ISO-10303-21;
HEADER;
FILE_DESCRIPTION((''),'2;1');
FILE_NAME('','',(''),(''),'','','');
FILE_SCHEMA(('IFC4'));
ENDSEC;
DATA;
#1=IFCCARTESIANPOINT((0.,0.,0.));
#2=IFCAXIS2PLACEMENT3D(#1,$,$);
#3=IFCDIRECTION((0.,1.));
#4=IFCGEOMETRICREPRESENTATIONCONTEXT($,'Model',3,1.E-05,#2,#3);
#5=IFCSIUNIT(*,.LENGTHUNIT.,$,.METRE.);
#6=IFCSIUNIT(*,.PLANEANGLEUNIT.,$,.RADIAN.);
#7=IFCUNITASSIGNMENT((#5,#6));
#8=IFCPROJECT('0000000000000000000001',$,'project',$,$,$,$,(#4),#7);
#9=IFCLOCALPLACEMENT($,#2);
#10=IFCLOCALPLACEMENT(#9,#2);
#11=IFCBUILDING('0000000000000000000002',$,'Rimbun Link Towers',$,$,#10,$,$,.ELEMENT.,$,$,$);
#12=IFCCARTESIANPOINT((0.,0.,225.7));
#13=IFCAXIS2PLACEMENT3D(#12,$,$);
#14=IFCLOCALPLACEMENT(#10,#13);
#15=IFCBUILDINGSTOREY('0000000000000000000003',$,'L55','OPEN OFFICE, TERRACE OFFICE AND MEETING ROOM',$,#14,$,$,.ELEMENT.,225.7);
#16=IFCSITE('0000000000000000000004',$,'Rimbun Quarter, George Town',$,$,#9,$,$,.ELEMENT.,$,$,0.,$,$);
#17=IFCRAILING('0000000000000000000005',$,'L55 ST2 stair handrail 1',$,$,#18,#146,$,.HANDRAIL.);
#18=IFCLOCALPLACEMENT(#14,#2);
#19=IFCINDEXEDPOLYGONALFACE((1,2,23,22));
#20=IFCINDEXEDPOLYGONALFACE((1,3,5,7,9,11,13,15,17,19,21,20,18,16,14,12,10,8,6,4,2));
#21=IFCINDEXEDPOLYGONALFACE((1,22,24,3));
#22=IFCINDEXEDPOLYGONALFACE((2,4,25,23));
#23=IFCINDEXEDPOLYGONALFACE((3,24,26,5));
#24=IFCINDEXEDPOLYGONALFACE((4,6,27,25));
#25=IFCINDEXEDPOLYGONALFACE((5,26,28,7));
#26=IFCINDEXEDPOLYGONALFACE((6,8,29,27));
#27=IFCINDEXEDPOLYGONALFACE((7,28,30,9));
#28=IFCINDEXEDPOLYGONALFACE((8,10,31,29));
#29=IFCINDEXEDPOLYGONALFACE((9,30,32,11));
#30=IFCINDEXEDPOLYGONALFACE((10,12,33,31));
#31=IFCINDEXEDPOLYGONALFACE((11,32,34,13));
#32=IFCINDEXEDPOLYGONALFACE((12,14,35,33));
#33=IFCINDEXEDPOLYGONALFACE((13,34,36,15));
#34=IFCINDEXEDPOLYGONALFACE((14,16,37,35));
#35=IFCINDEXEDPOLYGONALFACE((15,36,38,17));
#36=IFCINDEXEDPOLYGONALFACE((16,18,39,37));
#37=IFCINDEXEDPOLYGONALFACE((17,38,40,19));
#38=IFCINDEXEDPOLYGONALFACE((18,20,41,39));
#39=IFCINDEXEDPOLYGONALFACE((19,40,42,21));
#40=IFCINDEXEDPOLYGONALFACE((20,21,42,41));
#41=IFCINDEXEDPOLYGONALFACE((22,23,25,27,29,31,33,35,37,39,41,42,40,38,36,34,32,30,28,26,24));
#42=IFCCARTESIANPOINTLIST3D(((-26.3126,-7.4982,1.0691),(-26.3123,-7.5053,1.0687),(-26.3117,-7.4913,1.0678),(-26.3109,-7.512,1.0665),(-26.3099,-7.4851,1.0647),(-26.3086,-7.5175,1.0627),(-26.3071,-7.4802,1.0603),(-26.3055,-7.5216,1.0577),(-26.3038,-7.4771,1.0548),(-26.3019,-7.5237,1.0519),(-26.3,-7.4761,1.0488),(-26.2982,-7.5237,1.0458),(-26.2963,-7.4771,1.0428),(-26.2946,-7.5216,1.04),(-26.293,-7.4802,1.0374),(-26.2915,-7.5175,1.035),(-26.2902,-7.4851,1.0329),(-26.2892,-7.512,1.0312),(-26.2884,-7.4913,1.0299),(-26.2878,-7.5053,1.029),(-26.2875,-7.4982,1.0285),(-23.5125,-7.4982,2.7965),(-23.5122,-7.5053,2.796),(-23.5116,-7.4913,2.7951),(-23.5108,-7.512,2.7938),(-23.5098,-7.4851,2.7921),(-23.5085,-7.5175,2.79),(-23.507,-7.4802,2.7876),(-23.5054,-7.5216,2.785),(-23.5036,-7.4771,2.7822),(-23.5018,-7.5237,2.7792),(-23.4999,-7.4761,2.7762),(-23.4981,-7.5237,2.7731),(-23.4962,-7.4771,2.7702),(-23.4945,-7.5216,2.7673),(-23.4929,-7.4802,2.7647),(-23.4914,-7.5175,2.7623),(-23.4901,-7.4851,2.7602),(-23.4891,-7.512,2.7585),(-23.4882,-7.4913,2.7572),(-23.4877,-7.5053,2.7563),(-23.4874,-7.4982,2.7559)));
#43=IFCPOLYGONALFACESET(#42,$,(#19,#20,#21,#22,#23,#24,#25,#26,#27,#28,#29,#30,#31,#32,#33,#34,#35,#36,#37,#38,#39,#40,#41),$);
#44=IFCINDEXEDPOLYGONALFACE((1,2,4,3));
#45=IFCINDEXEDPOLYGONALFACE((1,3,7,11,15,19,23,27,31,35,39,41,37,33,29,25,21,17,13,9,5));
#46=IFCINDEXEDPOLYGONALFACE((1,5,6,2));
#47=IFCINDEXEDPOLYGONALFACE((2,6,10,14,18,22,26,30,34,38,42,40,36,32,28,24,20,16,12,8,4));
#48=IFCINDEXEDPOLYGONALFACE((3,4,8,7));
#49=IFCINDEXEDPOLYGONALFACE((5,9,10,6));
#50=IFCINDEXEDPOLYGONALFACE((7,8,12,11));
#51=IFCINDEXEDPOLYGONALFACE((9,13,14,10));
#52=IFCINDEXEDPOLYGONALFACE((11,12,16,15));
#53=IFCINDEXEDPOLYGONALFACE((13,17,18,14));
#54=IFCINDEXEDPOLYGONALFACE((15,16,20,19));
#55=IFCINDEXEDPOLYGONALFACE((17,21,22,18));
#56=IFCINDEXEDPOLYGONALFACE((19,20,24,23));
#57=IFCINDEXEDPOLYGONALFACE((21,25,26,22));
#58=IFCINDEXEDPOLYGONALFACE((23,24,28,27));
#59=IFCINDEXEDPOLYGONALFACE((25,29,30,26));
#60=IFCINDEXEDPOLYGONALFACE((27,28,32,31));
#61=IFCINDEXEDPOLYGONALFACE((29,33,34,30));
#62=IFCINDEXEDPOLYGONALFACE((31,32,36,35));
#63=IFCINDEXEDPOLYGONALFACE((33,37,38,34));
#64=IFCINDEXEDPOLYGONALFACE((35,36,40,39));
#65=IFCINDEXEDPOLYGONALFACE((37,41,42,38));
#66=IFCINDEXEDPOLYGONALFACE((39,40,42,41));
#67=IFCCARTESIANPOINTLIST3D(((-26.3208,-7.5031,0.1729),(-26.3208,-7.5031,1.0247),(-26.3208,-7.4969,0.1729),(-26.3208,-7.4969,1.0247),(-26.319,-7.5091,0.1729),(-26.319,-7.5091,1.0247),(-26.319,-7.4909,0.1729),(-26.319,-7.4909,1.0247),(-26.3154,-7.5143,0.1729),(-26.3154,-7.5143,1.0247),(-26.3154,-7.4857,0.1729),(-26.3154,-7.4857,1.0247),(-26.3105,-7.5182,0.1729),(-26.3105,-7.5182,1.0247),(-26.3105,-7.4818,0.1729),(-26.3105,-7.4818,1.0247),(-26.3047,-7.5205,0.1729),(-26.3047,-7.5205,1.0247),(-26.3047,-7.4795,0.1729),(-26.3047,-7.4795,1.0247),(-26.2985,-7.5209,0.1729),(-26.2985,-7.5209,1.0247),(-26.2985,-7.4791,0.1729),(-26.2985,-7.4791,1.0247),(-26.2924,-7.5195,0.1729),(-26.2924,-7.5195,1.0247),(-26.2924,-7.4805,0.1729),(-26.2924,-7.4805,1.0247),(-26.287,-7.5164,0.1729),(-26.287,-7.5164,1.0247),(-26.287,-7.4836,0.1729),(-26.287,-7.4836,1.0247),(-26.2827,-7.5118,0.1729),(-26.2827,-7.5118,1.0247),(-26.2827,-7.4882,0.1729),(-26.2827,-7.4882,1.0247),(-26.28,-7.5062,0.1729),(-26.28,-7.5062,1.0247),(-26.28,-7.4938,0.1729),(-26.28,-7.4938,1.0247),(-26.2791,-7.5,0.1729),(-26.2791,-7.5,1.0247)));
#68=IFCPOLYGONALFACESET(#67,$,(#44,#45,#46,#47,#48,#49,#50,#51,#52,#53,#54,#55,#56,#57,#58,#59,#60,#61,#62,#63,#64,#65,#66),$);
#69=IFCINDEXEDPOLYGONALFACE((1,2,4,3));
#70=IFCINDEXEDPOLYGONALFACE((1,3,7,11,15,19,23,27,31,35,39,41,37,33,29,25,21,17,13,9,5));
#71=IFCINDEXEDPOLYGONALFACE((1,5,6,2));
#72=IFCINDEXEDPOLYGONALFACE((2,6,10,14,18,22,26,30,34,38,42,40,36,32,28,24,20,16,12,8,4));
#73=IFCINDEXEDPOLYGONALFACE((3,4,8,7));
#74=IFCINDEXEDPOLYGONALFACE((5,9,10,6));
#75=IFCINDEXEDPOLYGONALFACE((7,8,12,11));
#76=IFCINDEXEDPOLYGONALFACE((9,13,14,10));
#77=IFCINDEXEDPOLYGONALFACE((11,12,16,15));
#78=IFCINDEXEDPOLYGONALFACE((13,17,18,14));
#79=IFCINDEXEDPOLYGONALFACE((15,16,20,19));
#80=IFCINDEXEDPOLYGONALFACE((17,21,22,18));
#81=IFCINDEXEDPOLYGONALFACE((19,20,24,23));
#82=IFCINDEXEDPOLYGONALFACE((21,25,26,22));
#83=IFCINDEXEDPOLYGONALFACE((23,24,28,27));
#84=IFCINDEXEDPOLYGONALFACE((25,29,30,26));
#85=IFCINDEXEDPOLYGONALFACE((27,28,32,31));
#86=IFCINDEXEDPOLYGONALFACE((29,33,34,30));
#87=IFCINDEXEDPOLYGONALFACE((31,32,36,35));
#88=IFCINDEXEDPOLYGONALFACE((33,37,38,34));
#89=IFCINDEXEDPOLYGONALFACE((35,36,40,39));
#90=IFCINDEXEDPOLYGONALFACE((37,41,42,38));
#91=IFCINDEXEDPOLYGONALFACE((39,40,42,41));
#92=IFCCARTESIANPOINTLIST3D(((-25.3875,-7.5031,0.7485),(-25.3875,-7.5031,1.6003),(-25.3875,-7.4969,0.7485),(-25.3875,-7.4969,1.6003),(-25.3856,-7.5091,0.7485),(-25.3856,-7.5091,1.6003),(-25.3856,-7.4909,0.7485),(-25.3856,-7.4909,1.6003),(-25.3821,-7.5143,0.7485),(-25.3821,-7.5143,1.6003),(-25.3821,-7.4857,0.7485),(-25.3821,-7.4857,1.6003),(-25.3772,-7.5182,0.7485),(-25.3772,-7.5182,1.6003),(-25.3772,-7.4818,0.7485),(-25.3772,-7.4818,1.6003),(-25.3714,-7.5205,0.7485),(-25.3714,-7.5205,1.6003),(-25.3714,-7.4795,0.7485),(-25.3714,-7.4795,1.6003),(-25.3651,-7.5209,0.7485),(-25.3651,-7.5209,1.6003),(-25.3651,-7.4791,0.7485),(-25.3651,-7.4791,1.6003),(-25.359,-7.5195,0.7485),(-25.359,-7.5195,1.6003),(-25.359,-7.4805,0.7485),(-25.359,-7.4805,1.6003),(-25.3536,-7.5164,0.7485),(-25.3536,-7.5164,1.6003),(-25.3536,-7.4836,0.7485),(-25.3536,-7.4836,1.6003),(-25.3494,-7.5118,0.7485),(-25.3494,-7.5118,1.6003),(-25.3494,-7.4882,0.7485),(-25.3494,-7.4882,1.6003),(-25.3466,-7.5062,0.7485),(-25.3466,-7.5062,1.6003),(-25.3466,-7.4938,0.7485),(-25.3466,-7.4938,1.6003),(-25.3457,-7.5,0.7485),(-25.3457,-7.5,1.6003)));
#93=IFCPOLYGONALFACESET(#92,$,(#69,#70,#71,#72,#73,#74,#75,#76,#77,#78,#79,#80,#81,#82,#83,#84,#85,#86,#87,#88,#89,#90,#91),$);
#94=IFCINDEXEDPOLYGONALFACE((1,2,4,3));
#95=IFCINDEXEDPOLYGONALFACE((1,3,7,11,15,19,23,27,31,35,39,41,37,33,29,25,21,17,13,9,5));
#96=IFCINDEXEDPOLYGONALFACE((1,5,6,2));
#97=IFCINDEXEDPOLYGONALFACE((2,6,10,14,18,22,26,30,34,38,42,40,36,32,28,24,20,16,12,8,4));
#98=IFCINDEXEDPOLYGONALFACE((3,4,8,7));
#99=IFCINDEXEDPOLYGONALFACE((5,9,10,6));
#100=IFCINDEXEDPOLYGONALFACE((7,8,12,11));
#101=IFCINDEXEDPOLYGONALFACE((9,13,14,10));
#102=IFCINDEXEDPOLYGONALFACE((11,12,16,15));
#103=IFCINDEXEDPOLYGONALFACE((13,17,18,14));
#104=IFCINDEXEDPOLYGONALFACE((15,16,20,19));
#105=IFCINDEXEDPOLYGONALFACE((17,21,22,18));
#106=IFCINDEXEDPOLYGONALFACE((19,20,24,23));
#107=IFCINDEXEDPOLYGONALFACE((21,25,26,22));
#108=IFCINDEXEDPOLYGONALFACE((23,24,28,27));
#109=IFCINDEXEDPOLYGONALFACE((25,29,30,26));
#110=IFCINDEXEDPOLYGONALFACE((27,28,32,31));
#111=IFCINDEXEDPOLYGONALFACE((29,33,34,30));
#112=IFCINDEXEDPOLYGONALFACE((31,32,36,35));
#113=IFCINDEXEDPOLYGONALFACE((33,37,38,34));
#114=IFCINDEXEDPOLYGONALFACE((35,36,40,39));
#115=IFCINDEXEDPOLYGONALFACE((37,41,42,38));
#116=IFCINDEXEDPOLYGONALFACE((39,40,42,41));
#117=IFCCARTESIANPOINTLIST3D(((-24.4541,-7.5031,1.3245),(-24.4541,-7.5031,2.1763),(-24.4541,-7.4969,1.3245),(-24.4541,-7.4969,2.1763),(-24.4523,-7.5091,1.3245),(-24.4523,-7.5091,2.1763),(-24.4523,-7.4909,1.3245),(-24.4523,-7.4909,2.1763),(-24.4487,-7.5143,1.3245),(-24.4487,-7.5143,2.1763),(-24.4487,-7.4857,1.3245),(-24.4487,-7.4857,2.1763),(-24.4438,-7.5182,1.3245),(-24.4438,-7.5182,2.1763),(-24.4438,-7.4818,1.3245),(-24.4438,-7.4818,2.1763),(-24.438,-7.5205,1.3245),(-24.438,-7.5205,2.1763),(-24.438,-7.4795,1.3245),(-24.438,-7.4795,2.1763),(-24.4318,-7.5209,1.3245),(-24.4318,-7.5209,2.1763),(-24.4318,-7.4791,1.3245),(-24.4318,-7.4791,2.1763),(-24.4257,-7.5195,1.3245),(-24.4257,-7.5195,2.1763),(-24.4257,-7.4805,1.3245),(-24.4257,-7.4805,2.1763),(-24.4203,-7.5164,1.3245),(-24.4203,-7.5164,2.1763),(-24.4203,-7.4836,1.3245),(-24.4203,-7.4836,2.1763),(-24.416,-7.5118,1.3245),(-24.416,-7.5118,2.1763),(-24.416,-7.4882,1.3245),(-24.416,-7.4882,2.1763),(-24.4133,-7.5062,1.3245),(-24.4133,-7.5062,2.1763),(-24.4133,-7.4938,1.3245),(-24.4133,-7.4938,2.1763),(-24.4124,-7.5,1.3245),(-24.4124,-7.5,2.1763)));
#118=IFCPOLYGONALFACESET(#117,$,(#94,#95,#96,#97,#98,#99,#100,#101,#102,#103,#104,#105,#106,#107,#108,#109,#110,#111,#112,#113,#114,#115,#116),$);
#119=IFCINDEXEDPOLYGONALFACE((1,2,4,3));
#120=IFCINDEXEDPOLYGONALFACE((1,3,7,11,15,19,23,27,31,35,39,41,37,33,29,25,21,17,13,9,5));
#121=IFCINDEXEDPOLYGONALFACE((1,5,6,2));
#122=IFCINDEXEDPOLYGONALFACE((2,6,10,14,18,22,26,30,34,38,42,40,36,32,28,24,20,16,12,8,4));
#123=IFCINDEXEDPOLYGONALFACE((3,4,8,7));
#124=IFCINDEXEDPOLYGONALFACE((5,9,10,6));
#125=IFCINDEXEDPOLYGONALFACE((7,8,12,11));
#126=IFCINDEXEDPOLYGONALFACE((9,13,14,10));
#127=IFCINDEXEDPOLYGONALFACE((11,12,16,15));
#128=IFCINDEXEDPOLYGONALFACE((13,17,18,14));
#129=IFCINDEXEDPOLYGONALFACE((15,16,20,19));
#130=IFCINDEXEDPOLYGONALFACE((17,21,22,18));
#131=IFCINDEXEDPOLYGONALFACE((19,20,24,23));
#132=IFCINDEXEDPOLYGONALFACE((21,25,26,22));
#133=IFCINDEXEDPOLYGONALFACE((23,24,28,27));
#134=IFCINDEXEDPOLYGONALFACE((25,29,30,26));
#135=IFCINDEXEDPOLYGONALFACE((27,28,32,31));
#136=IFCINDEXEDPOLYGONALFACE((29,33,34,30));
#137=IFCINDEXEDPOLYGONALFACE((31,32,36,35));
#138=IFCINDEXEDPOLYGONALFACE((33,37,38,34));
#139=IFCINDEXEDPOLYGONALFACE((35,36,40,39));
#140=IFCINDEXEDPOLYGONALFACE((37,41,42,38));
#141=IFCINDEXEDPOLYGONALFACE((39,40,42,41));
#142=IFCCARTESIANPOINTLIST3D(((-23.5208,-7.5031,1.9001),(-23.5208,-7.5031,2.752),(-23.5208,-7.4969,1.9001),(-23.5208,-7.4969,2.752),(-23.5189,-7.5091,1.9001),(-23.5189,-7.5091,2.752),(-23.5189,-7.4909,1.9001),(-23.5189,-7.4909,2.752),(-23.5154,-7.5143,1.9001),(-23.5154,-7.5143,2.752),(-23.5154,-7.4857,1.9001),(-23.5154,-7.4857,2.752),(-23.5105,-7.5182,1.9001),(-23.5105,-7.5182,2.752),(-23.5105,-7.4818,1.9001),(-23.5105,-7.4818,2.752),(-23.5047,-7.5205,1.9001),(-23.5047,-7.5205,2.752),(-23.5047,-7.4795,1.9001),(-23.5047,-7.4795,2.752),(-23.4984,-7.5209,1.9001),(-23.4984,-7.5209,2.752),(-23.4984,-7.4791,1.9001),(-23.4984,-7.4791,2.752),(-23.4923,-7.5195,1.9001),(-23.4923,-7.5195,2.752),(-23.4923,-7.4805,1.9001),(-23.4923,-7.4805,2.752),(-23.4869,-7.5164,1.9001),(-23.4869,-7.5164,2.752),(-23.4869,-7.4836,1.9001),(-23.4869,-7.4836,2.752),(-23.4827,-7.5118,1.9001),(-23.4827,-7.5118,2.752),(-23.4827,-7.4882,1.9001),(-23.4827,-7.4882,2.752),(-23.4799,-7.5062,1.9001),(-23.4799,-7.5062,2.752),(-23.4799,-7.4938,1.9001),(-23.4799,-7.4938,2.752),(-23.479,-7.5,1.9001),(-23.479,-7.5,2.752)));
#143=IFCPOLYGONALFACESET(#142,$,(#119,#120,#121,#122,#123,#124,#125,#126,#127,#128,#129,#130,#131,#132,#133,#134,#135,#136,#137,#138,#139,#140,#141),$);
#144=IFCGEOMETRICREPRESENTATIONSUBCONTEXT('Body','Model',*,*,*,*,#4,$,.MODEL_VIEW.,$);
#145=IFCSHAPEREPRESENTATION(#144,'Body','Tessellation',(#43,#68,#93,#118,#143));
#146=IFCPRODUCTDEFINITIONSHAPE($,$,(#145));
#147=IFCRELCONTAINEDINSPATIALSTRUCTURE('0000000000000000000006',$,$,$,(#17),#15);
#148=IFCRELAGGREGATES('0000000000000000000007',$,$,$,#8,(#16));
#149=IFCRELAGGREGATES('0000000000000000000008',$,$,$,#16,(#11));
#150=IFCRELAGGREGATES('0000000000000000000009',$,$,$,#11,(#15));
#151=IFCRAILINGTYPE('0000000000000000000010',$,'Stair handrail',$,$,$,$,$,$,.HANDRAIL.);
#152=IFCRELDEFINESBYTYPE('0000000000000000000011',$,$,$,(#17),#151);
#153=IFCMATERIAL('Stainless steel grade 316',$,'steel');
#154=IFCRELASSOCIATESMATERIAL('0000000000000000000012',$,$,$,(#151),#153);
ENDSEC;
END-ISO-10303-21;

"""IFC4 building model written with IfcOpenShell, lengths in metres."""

from ifc_helpers import new_model, si_unit, direction, frame, origin, origin_2d, place, context, subcontext, project, spatial, circle, extrude, material, type_object, element, save


model = new_model("IFC4")

# Units and contexts
model_context = context("Model", 3, precision=1e-05, world=origin(), true_north=direction((0.0, 1.0)))
body_context = subcontext(model_context, "Body", "Model", "MODEL_VIEW")
ifc_project = project(units=[si_unit("LENGTHUNIT", "METRE"), si_unit("PLANEANGLEUNIT", "RADIAN")], contexts=[model_context])

# Site, building, storey
site_placement = place(None, origin())
site = spatial("IfcSite", under=ifc_project, at=site_placement, Name="Rimbun Quarter, George Town", CompositionType="ELEMENT", RefElevation=0.0)
building_placement = place(site_placement, origin())
building = spatial("IfcBuilding", under=site, at=building_placement, Name="Rimbun Link Towers", CompositionType="ELEMENT")
storey_placement = place(building_placement, frame((0.0, 0.0, 225.7)))
storey = spatial("IfcBuildingStorey", under=building, at=storey_placement, Name="L55", Description="OPEN OFFICE, TERRACE OFFICE AND MEETING ROOM", CompositionType="ELEMENT", Elevation=225.7)

# Railing
ifc_material_1 = material(Name="Stainless steel grade 316", Category="steel")
railing_type_1 = type_object("IfcRailingType", Name="Stair handrail", PredefinedType="HANDRAIL", material=ifc_material_1)
railing_1_placement = place(storey_placement, frame((-26.3, -7.5, 0.1729)))
element("IfcRailing", 1, at=railing_1_placement, inside=storey, type_object=railing_type_1, Name="L55 ST2 stair handrail 1", PredefinedType="HANDRAIL", context=body_context, shape_type="SweptSolid", body=[
    extrude(circle(Radius=0.0239, at=origin_2d()), frame((0.0, 0.0, 0.876), z_axis=(0.85109, 0.0, 0.52502), x_axis=(0.0, 1.0, 0.0)), (0.0, 0.0, 1.0), 3.29),
    extrude(circle(Radius=0.021, at=origin_2d()), origin(), (0.0, 0.0, 1.0), 0.8518),
    extrude(circle(Radius=0.021, at=origin_2d()), frame((0.9333, 0.0, 0.5757)), (0.0, 0.0, 1.0), 0.8518),
    extrude(circle(Radius=0.021, at=origin_2d()), frame((1.8667, 0.0, 1.1516)), (0.0, 0.0, 1.0), 0.8518),
    extrude(circle(Radius=0.021, at=origin_2d()), frame((2.8, 0.0, 1.7273)), (0.0, 0.0, 1.0), 0.8518),
])

save(model, "model.ifc")
